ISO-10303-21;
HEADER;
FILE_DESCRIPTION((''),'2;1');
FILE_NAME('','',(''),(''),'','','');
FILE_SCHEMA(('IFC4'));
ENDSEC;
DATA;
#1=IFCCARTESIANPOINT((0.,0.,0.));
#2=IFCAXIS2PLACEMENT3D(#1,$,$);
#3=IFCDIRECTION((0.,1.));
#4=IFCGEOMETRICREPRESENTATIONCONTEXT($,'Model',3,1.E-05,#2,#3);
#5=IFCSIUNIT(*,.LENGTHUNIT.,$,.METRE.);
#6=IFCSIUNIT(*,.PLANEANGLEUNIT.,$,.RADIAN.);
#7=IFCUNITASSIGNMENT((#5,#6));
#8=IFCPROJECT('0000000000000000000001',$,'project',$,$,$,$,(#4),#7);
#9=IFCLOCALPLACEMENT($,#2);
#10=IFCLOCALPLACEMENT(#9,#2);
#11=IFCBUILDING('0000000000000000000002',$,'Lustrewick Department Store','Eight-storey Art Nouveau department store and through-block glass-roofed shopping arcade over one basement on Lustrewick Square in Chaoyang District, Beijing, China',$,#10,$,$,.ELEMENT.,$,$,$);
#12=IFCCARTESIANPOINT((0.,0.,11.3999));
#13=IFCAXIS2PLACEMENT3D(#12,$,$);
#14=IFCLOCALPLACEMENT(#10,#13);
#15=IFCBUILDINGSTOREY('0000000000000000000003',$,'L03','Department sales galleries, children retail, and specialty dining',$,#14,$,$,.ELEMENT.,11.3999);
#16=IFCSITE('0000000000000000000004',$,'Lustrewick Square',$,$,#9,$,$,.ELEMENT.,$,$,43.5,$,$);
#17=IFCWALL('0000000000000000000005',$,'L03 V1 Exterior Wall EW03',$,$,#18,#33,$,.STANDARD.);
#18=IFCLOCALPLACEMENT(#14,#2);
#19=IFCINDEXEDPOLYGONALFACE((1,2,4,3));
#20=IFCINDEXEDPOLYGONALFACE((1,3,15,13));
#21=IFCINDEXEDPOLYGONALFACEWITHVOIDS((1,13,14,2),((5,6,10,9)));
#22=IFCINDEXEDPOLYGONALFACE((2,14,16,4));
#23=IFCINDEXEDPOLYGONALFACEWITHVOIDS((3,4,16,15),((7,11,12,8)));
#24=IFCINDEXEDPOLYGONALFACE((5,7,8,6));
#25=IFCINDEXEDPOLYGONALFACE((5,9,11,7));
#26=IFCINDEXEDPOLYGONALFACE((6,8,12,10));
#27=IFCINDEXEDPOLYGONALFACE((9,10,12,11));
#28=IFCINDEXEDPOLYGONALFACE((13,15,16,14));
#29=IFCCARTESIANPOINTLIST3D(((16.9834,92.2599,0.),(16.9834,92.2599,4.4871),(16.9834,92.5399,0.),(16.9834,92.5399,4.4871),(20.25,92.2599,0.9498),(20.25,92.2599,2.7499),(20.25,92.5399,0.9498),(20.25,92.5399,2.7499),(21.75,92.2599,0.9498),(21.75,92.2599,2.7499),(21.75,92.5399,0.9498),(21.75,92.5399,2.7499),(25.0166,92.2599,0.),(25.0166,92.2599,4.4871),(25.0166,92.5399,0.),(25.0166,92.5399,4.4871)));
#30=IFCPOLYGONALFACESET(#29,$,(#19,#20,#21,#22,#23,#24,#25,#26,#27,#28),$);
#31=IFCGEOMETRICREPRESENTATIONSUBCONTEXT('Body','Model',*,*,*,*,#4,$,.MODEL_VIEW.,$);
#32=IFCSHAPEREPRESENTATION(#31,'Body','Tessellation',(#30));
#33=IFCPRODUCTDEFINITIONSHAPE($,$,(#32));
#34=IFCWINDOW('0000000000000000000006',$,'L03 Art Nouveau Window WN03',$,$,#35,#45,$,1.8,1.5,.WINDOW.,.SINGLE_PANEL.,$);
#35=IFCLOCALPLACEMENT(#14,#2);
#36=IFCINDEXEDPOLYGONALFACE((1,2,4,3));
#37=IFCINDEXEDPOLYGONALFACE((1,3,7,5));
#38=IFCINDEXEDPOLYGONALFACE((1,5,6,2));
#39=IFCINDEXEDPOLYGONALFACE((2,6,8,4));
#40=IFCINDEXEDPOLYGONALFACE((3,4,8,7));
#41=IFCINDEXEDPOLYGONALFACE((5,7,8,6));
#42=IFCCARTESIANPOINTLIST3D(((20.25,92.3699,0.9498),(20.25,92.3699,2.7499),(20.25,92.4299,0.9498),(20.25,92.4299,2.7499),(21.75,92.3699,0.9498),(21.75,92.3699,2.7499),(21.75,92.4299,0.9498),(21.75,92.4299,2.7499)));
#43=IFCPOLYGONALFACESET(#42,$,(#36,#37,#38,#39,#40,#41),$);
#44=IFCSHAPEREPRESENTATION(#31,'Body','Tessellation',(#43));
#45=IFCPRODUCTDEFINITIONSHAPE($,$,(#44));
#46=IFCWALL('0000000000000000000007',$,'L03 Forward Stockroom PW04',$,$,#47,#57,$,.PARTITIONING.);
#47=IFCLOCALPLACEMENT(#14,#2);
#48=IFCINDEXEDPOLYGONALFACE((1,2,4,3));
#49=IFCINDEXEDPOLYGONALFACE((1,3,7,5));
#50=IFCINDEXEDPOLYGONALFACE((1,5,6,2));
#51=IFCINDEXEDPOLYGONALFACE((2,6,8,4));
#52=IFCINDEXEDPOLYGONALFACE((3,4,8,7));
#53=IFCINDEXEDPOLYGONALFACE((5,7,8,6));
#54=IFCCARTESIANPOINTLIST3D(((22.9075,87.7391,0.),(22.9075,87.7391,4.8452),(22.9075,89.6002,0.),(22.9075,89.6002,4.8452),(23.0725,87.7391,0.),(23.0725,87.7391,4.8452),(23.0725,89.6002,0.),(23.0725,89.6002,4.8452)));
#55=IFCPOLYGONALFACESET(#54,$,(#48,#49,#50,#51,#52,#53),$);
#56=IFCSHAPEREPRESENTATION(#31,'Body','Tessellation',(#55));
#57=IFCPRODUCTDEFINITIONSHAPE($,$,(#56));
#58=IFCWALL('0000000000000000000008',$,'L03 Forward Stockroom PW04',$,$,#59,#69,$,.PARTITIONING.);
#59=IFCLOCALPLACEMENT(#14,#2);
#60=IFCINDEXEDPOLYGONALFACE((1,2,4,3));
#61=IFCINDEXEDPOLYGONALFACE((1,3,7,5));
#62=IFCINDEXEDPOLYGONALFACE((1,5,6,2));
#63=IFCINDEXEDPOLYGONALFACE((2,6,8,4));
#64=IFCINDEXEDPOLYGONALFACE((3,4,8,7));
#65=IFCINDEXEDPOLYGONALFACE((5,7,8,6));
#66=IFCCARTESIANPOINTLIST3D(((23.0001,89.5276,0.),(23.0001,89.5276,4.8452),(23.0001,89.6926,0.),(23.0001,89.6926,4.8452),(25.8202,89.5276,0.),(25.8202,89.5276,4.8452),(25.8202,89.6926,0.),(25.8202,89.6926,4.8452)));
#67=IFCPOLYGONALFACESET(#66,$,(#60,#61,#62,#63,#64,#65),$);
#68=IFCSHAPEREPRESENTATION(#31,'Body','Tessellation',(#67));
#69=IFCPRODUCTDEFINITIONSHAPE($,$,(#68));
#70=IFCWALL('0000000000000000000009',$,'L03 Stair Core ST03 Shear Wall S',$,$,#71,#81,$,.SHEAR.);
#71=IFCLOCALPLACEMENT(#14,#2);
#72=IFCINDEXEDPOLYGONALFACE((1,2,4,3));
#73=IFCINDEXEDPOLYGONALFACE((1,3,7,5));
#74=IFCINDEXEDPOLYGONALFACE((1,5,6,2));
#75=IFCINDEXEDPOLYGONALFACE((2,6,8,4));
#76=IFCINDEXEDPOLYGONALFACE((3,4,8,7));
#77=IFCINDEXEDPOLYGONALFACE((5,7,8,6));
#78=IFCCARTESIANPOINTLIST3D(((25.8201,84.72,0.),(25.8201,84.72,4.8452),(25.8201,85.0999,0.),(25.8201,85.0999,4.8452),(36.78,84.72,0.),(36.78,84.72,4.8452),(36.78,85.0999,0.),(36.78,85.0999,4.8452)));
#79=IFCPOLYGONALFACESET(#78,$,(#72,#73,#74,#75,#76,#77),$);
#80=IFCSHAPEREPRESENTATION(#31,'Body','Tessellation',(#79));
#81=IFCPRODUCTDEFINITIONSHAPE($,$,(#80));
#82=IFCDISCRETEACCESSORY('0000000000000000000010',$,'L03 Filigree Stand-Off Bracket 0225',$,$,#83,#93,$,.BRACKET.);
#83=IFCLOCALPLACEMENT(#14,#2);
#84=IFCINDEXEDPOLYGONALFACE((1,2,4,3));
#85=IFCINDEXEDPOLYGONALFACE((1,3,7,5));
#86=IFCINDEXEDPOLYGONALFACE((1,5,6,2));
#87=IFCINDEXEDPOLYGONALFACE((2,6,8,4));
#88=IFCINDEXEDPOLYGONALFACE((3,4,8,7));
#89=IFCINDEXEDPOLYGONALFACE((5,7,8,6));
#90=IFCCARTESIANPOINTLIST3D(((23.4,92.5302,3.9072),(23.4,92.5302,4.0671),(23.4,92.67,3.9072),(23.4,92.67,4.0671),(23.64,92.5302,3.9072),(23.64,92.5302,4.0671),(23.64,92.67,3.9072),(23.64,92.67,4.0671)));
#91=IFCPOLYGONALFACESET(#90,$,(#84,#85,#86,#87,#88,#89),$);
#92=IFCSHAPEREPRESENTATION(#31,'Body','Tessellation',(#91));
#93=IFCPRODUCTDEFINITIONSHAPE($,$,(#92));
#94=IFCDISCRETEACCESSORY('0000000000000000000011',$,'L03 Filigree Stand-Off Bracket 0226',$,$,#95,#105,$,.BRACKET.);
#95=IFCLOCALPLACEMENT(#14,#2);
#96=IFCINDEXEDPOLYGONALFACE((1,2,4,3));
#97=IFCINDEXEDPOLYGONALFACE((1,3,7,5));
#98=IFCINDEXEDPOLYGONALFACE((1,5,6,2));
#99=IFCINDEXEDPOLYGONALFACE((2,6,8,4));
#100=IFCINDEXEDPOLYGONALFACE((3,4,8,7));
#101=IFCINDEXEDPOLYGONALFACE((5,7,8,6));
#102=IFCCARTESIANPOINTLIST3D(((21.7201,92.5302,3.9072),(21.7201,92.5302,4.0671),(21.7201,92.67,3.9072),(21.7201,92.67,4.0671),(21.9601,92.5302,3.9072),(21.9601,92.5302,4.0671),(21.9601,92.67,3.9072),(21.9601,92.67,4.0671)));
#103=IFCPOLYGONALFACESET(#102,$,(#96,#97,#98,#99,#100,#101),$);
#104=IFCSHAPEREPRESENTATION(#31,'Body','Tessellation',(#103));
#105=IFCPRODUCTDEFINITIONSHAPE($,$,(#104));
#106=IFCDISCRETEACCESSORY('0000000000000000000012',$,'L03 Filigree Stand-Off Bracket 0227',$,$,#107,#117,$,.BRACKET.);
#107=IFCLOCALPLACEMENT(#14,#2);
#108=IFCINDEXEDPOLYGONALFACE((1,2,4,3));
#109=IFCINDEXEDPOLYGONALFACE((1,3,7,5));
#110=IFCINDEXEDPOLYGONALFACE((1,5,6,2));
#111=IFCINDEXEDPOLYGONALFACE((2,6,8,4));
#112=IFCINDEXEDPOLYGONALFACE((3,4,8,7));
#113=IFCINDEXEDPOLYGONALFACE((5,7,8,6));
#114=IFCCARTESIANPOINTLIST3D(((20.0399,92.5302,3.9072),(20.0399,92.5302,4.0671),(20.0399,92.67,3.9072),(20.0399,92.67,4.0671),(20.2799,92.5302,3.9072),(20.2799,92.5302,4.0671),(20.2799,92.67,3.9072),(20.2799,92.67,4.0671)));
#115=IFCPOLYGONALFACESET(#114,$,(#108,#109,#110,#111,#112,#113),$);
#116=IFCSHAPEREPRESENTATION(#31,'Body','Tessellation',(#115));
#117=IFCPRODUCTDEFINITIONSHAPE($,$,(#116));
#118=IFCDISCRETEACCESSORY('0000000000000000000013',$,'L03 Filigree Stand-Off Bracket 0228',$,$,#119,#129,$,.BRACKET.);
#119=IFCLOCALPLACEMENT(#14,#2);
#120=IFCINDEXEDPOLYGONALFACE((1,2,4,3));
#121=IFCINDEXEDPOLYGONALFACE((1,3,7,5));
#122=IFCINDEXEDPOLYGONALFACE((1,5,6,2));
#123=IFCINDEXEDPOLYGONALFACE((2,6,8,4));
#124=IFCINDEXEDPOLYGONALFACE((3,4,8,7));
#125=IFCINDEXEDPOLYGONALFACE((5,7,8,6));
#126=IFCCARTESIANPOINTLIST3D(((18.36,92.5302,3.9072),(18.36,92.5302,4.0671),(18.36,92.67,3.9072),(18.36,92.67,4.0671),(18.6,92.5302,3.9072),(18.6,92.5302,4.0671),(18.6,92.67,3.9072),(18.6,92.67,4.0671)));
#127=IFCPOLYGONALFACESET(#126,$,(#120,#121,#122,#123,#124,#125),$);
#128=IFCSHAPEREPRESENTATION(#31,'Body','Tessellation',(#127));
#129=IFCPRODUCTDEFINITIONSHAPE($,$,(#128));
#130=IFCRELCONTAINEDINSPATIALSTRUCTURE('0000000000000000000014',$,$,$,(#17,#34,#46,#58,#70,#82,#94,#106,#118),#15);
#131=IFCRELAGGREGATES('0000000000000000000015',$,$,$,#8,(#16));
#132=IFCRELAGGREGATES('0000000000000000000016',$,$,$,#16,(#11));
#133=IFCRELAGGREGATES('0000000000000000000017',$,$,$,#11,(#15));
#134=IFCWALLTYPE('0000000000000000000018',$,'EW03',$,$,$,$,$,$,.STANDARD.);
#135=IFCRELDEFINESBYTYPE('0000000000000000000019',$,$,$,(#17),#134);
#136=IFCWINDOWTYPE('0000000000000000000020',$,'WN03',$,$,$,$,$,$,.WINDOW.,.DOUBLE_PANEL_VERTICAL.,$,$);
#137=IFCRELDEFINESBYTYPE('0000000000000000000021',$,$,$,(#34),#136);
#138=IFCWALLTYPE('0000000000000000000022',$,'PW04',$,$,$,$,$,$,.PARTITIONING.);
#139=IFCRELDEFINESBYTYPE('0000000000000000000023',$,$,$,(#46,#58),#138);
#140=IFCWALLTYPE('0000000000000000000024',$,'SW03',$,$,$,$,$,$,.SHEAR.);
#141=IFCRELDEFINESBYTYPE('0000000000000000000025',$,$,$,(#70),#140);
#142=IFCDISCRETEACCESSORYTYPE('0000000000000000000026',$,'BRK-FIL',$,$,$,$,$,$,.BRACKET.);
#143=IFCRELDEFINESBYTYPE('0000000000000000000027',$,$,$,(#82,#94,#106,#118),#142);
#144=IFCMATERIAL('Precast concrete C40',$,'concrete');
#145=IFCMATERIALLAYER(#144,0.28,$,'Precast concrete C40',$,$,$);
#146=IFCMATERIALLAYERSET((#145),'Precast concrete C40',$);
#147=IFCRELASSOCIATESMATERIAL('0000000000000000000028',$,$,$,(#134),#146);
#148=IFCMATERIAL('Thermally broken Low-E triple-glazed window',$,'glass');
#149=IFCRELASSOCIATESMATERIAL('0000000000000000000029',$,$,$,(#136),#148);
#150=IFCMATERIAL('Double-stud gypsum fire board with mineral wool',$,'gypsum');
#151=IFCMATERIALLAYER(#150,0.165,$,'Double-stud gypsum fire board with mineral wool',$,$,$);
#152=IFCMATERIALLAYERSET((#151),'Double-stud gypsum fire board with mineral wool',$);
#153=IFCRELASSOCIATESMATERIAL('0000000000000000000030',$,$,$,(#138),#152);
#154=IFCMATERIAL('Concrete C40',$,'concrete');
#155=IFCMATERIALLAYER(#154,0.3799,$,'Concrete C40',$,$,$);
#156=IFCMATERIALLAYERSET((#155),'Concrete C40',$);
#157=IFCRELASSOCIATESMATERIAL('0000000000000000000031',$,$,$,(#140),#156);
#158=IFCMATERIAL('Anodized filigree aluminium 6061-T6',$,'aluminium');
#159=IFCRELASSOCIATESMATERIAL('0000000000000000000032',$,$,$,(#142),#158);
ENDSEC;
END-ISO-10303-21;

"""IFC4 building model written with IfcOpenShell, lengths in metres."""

from ifc_helpers import new_model, si_unit, direction, frame, frame_2d, origin, origin_2d, place, context, subcontext, project, spatial, rectangle, extrude, material, layer, layer_set, type_object, element, fill, save


model = new_model("IFC4")

# Units and contexts
model_context = context("Model", 3, precision=1e-05, world=origin(), true_north=direction((0.0, 1.0)))
body_context = subcontext(model_context, "Body", "Model", "MODEL_VIEW")
ifc_project = project(units=[si_unit("LENGTHUNIT", "METRE"), si_unit("PLANEANGLEUNIT", "RADIAN")], contexts=[model_context])

# Site, building, storey
site_placement = place(None, origin())
site = spatial("IfcSite", under=ifc_project, at=site_placement, Name="Lustrewick Square", CompositionType="ELEMENT", RefElevation=43.5)
building_placement = place(site_placement, origin())
building = spatial("IfcBuilding", under=site, at=building_placement, Name="Lustrewick Department Store", Description="Eight-storey Art Nouveau department store and through-block glass-roofed shopping arcade over one basement on Lustrewick Square in Chaoyang District, Beijing, China", CompositionType="ELEMENT")
storey_placement = place(building_placement, frame((0.0, 0.0, 11.3999)))
storey = spatial("IfcBuildingStorey", under=building, at=storey_placement, Name="L03", Description="Department sales galleries, children retail, and specialty dining", CompositionType="ELEMENT", Elevation=11.3999)

# Wall, opening, window
ifc_material_1 = material(Name="Precast concrete C40", Category="concrete")
ifc_layer_1 = layer(ifc_material_1, 0.28, Name="Precast concrete C40")
ifc_layer_set_1 = layer_set([ifc_layer_1], Name="Precast concrete C40")
wall_type_1 = type_object("IfcWallType", Name="EW03", PredefinedType="STANDARD", material=ifc_layer_set_1)
wall_1_placement = place(storey_placement, frame((25.0166, 92.3999, 0.0), z_axis=(0.0, 0.0, 1.0), x_axis=(-1.0, 0.0, 0.0)))
wall_1 = element("IfcWall", 1, at=wall_1_placement, inside=storey, type_object=wall_type_1, Name="L03 V1 Exterior Wall EW03", PredefinedType="STANDARD", context=body_context, shape_type="SweptSolid", body=[
    extrude(rectangle(XDim=8.0332, YDim=0.28, at=frame_2d((4.0166, 0.0))), origin(), (0.0, 0.0, 1.0), 4.4871),
])
opening_1_placement = place(wall_1_placement, frame((3.2666, 0.0, 0.95)))
opening_1 = element("IfcOpeningElement", 2, at=opening_1_placement, cuts=wall_1, PredefinedType="OPENING", context=body_context, shape_type="SweptSolid", body=[
    extrude(rectangle(XDim=1.5, YDim=1.8, at=frame_2d((0.75, 0.8999))), frame((0.0, 0.1499, 0.0), z_axis=(0.0, -1.0, 0.0), x_axis=(1.0, 0.0, 0.0)), (0.0, 0.0, 1.0), 0.3),
])
ifc_material_2 = material(Name="Thermally broken Low-E triple-glazed window", Category="glass")
window_type = type_object("IfcWindowType", Name="WN03", PartitioningType="DOUBLE_PANEL_VERTICAL", PredefinedType="WINDOW", material=ifc_material_2)
window_placement = place(opening_1_placement, origin())
window = element("IfcWindow", 3, at=window_placement, inside=storey, type_object=window_type, Name="L03 Art Nouveau Window WN03", OverallHeight=1.8, OverallWidth=1.5, PartitioningType="SINGLE_PANEL", PredefinedType="WINDOW", context=body_context, shape_type="SweptSolid", body=[
    extrude(rectangle(XDim=1.5, YDim=1.8, at=frame_2d((0.75, 0.8999))), frame((0.0, 0.03, 0.0), z_axis=(0.0, -1.0, 0.0), x_axis=(1.0, 0.0, 0.0)), (0.0, 0.0, 1.0), 0.0601),
])
fill(opening_1, window)

# Walls
ifc_material_3 = material(Name="Double-stud gypsum fire board with mineral wool", Category="gypsum")
ifc_layer_2 = layer(ifc_material_3, 0.165, Name="Double-stud gypsum fire board with mineral wool")
ifc_layer_set_2 = layer_set([ifc_layer_2], Name="Double-stud gypsum fire board with mineral wool")
wall_type_2 = type_object("IfcWallType", Name="PW04", PredefinedType="PARTITIONING", material=ifc_layer_set_2)
wall_2_placement = place(storey_placement, frame((22.99, 87.739, 0.0), z_axis=(0.0, 0.0, 1.0), x_axis=(0.0, 1.0, 0.0)))
element("IfcWall", 4, at=wall_2_placement, inside=storey, type_object=wall_type_2, Name="L03 Forward Stockroom PW04", PredefinedType="PARTITIONING", context=body_context, shape_type="SweptSolid", body=[
    extrude(rectangle(XDim=1.8611, YDim=0.165, at=frame_2d((0.9307, 0.0))), origin(), (0.0, 0.0, 1.0), 4.8452),
])
wall_3_placement = place(storey_placement, frame((23.0, 89.6101, 0.0), z_axis=(0.0, 0.0, 1.0), x_axis=(1.0, 0.0, 0.0)))
element("IfcWall", 5, at=wall_3_placement, inside=storey, type_object=wall_type_2, Name="L03 Forward Stockroom PW04", PredefinedType="PARTITIONING", context=body_context, shape_type="SweptSolid", body=[
    extrude(rectangle(XDim=2.8201, YDim=0.165, at=frame_2d((1.4102, 0.0))), origin(), (0.0, 0.0, 1.0), 4.8452),
])
ifc_material_4 = material(Name="Concrete C40", Category="concrete")
ifc_layer_3 = layer(ifc_material_4, 0.3799, Name="Concrete C40")
ifc_layer_set_3 = layer_set([ifc_layer_3], Name="Concrete C40")
wall_type_3 = type_object("IfcWallType", Name="SW03", PredefinedType="SHEAR", material=ifc_layer_set_3)
wall_4_placement = place(storey_placement, frame((25.8201, 84.9099, 0.0), z_axis=(0.0, 0.0, 1.0), x_axis=(1.0, 0.0, 0.0)))
element("IfcWall", 6, at=wall_4_placement, inside=storey, type_object=wall_type_3, Name="L03 Stair Core ST03 Shear Wall S", PredefinedType="SHEAR", context=body_context, shape_type="SweptSolid", body=[
    extrude(rectangle(XDim=10.96, YDim=0.3799, at=frame_2d((5.48, 0.0))), origin(), (0.0, 0.0, 1.0), 4.8452),
])

# Discrete accessories
ifc_material_5 = material(Name="Anodized filigree aluminium 6061-T6", Category="aluminium")
discrete_accessory_type = type_object("IfcDiscreteAccessoryType", Name="BRK-FIL", PredefinedType="BRACKET", material=ifc_material_5)
for number, where, z_axis, x_axis, name in (
    (7, (23.52, 92.6001, 3.9072), (0.0, 0.0, 1.0), (-1.0, 0.0, 0.0), "L03 Filigree Stand-Off Bracket 0225"),
    (8, (21.8401, 92.6001, 3.9072), (0.0, 0.0, 1.0), (-1.0, 0.0, 0.0), "L03 Filigree Stand-Off Bracket 0226"),
    (9, (20.1599, 92.6001, 3.9072), (0.0, 0.0, 1.0), (-1.0, 0.0, 0.0), "L03 Filigree Stand-Off Bracket 0227"),
    (10, (18.48, 92.6001, 3.9072), (0.0, 0.0, 1.0), (-1.0, 0.0, 0.0), "L03 Filigree Stand-Off Bracket 0228"),
):
    element("IfcDiscreteAccessory", number, at=place(storey_placement, frame(where, z_axis=z_axis, x_axis=x_axis)), inside=storey, type_object=discrete_accessory_type, Name=name, PredefinedType="BRACKET", context=body_context, shape_type="SweptSolid", body=[
        extrude(rectangle(XDim=0.24, YDim=0.1399, at=origin_2d()), origin(), (0.0, 0.0, 1.0), 0.1599),
    ])

save(model, "model.ifc")
